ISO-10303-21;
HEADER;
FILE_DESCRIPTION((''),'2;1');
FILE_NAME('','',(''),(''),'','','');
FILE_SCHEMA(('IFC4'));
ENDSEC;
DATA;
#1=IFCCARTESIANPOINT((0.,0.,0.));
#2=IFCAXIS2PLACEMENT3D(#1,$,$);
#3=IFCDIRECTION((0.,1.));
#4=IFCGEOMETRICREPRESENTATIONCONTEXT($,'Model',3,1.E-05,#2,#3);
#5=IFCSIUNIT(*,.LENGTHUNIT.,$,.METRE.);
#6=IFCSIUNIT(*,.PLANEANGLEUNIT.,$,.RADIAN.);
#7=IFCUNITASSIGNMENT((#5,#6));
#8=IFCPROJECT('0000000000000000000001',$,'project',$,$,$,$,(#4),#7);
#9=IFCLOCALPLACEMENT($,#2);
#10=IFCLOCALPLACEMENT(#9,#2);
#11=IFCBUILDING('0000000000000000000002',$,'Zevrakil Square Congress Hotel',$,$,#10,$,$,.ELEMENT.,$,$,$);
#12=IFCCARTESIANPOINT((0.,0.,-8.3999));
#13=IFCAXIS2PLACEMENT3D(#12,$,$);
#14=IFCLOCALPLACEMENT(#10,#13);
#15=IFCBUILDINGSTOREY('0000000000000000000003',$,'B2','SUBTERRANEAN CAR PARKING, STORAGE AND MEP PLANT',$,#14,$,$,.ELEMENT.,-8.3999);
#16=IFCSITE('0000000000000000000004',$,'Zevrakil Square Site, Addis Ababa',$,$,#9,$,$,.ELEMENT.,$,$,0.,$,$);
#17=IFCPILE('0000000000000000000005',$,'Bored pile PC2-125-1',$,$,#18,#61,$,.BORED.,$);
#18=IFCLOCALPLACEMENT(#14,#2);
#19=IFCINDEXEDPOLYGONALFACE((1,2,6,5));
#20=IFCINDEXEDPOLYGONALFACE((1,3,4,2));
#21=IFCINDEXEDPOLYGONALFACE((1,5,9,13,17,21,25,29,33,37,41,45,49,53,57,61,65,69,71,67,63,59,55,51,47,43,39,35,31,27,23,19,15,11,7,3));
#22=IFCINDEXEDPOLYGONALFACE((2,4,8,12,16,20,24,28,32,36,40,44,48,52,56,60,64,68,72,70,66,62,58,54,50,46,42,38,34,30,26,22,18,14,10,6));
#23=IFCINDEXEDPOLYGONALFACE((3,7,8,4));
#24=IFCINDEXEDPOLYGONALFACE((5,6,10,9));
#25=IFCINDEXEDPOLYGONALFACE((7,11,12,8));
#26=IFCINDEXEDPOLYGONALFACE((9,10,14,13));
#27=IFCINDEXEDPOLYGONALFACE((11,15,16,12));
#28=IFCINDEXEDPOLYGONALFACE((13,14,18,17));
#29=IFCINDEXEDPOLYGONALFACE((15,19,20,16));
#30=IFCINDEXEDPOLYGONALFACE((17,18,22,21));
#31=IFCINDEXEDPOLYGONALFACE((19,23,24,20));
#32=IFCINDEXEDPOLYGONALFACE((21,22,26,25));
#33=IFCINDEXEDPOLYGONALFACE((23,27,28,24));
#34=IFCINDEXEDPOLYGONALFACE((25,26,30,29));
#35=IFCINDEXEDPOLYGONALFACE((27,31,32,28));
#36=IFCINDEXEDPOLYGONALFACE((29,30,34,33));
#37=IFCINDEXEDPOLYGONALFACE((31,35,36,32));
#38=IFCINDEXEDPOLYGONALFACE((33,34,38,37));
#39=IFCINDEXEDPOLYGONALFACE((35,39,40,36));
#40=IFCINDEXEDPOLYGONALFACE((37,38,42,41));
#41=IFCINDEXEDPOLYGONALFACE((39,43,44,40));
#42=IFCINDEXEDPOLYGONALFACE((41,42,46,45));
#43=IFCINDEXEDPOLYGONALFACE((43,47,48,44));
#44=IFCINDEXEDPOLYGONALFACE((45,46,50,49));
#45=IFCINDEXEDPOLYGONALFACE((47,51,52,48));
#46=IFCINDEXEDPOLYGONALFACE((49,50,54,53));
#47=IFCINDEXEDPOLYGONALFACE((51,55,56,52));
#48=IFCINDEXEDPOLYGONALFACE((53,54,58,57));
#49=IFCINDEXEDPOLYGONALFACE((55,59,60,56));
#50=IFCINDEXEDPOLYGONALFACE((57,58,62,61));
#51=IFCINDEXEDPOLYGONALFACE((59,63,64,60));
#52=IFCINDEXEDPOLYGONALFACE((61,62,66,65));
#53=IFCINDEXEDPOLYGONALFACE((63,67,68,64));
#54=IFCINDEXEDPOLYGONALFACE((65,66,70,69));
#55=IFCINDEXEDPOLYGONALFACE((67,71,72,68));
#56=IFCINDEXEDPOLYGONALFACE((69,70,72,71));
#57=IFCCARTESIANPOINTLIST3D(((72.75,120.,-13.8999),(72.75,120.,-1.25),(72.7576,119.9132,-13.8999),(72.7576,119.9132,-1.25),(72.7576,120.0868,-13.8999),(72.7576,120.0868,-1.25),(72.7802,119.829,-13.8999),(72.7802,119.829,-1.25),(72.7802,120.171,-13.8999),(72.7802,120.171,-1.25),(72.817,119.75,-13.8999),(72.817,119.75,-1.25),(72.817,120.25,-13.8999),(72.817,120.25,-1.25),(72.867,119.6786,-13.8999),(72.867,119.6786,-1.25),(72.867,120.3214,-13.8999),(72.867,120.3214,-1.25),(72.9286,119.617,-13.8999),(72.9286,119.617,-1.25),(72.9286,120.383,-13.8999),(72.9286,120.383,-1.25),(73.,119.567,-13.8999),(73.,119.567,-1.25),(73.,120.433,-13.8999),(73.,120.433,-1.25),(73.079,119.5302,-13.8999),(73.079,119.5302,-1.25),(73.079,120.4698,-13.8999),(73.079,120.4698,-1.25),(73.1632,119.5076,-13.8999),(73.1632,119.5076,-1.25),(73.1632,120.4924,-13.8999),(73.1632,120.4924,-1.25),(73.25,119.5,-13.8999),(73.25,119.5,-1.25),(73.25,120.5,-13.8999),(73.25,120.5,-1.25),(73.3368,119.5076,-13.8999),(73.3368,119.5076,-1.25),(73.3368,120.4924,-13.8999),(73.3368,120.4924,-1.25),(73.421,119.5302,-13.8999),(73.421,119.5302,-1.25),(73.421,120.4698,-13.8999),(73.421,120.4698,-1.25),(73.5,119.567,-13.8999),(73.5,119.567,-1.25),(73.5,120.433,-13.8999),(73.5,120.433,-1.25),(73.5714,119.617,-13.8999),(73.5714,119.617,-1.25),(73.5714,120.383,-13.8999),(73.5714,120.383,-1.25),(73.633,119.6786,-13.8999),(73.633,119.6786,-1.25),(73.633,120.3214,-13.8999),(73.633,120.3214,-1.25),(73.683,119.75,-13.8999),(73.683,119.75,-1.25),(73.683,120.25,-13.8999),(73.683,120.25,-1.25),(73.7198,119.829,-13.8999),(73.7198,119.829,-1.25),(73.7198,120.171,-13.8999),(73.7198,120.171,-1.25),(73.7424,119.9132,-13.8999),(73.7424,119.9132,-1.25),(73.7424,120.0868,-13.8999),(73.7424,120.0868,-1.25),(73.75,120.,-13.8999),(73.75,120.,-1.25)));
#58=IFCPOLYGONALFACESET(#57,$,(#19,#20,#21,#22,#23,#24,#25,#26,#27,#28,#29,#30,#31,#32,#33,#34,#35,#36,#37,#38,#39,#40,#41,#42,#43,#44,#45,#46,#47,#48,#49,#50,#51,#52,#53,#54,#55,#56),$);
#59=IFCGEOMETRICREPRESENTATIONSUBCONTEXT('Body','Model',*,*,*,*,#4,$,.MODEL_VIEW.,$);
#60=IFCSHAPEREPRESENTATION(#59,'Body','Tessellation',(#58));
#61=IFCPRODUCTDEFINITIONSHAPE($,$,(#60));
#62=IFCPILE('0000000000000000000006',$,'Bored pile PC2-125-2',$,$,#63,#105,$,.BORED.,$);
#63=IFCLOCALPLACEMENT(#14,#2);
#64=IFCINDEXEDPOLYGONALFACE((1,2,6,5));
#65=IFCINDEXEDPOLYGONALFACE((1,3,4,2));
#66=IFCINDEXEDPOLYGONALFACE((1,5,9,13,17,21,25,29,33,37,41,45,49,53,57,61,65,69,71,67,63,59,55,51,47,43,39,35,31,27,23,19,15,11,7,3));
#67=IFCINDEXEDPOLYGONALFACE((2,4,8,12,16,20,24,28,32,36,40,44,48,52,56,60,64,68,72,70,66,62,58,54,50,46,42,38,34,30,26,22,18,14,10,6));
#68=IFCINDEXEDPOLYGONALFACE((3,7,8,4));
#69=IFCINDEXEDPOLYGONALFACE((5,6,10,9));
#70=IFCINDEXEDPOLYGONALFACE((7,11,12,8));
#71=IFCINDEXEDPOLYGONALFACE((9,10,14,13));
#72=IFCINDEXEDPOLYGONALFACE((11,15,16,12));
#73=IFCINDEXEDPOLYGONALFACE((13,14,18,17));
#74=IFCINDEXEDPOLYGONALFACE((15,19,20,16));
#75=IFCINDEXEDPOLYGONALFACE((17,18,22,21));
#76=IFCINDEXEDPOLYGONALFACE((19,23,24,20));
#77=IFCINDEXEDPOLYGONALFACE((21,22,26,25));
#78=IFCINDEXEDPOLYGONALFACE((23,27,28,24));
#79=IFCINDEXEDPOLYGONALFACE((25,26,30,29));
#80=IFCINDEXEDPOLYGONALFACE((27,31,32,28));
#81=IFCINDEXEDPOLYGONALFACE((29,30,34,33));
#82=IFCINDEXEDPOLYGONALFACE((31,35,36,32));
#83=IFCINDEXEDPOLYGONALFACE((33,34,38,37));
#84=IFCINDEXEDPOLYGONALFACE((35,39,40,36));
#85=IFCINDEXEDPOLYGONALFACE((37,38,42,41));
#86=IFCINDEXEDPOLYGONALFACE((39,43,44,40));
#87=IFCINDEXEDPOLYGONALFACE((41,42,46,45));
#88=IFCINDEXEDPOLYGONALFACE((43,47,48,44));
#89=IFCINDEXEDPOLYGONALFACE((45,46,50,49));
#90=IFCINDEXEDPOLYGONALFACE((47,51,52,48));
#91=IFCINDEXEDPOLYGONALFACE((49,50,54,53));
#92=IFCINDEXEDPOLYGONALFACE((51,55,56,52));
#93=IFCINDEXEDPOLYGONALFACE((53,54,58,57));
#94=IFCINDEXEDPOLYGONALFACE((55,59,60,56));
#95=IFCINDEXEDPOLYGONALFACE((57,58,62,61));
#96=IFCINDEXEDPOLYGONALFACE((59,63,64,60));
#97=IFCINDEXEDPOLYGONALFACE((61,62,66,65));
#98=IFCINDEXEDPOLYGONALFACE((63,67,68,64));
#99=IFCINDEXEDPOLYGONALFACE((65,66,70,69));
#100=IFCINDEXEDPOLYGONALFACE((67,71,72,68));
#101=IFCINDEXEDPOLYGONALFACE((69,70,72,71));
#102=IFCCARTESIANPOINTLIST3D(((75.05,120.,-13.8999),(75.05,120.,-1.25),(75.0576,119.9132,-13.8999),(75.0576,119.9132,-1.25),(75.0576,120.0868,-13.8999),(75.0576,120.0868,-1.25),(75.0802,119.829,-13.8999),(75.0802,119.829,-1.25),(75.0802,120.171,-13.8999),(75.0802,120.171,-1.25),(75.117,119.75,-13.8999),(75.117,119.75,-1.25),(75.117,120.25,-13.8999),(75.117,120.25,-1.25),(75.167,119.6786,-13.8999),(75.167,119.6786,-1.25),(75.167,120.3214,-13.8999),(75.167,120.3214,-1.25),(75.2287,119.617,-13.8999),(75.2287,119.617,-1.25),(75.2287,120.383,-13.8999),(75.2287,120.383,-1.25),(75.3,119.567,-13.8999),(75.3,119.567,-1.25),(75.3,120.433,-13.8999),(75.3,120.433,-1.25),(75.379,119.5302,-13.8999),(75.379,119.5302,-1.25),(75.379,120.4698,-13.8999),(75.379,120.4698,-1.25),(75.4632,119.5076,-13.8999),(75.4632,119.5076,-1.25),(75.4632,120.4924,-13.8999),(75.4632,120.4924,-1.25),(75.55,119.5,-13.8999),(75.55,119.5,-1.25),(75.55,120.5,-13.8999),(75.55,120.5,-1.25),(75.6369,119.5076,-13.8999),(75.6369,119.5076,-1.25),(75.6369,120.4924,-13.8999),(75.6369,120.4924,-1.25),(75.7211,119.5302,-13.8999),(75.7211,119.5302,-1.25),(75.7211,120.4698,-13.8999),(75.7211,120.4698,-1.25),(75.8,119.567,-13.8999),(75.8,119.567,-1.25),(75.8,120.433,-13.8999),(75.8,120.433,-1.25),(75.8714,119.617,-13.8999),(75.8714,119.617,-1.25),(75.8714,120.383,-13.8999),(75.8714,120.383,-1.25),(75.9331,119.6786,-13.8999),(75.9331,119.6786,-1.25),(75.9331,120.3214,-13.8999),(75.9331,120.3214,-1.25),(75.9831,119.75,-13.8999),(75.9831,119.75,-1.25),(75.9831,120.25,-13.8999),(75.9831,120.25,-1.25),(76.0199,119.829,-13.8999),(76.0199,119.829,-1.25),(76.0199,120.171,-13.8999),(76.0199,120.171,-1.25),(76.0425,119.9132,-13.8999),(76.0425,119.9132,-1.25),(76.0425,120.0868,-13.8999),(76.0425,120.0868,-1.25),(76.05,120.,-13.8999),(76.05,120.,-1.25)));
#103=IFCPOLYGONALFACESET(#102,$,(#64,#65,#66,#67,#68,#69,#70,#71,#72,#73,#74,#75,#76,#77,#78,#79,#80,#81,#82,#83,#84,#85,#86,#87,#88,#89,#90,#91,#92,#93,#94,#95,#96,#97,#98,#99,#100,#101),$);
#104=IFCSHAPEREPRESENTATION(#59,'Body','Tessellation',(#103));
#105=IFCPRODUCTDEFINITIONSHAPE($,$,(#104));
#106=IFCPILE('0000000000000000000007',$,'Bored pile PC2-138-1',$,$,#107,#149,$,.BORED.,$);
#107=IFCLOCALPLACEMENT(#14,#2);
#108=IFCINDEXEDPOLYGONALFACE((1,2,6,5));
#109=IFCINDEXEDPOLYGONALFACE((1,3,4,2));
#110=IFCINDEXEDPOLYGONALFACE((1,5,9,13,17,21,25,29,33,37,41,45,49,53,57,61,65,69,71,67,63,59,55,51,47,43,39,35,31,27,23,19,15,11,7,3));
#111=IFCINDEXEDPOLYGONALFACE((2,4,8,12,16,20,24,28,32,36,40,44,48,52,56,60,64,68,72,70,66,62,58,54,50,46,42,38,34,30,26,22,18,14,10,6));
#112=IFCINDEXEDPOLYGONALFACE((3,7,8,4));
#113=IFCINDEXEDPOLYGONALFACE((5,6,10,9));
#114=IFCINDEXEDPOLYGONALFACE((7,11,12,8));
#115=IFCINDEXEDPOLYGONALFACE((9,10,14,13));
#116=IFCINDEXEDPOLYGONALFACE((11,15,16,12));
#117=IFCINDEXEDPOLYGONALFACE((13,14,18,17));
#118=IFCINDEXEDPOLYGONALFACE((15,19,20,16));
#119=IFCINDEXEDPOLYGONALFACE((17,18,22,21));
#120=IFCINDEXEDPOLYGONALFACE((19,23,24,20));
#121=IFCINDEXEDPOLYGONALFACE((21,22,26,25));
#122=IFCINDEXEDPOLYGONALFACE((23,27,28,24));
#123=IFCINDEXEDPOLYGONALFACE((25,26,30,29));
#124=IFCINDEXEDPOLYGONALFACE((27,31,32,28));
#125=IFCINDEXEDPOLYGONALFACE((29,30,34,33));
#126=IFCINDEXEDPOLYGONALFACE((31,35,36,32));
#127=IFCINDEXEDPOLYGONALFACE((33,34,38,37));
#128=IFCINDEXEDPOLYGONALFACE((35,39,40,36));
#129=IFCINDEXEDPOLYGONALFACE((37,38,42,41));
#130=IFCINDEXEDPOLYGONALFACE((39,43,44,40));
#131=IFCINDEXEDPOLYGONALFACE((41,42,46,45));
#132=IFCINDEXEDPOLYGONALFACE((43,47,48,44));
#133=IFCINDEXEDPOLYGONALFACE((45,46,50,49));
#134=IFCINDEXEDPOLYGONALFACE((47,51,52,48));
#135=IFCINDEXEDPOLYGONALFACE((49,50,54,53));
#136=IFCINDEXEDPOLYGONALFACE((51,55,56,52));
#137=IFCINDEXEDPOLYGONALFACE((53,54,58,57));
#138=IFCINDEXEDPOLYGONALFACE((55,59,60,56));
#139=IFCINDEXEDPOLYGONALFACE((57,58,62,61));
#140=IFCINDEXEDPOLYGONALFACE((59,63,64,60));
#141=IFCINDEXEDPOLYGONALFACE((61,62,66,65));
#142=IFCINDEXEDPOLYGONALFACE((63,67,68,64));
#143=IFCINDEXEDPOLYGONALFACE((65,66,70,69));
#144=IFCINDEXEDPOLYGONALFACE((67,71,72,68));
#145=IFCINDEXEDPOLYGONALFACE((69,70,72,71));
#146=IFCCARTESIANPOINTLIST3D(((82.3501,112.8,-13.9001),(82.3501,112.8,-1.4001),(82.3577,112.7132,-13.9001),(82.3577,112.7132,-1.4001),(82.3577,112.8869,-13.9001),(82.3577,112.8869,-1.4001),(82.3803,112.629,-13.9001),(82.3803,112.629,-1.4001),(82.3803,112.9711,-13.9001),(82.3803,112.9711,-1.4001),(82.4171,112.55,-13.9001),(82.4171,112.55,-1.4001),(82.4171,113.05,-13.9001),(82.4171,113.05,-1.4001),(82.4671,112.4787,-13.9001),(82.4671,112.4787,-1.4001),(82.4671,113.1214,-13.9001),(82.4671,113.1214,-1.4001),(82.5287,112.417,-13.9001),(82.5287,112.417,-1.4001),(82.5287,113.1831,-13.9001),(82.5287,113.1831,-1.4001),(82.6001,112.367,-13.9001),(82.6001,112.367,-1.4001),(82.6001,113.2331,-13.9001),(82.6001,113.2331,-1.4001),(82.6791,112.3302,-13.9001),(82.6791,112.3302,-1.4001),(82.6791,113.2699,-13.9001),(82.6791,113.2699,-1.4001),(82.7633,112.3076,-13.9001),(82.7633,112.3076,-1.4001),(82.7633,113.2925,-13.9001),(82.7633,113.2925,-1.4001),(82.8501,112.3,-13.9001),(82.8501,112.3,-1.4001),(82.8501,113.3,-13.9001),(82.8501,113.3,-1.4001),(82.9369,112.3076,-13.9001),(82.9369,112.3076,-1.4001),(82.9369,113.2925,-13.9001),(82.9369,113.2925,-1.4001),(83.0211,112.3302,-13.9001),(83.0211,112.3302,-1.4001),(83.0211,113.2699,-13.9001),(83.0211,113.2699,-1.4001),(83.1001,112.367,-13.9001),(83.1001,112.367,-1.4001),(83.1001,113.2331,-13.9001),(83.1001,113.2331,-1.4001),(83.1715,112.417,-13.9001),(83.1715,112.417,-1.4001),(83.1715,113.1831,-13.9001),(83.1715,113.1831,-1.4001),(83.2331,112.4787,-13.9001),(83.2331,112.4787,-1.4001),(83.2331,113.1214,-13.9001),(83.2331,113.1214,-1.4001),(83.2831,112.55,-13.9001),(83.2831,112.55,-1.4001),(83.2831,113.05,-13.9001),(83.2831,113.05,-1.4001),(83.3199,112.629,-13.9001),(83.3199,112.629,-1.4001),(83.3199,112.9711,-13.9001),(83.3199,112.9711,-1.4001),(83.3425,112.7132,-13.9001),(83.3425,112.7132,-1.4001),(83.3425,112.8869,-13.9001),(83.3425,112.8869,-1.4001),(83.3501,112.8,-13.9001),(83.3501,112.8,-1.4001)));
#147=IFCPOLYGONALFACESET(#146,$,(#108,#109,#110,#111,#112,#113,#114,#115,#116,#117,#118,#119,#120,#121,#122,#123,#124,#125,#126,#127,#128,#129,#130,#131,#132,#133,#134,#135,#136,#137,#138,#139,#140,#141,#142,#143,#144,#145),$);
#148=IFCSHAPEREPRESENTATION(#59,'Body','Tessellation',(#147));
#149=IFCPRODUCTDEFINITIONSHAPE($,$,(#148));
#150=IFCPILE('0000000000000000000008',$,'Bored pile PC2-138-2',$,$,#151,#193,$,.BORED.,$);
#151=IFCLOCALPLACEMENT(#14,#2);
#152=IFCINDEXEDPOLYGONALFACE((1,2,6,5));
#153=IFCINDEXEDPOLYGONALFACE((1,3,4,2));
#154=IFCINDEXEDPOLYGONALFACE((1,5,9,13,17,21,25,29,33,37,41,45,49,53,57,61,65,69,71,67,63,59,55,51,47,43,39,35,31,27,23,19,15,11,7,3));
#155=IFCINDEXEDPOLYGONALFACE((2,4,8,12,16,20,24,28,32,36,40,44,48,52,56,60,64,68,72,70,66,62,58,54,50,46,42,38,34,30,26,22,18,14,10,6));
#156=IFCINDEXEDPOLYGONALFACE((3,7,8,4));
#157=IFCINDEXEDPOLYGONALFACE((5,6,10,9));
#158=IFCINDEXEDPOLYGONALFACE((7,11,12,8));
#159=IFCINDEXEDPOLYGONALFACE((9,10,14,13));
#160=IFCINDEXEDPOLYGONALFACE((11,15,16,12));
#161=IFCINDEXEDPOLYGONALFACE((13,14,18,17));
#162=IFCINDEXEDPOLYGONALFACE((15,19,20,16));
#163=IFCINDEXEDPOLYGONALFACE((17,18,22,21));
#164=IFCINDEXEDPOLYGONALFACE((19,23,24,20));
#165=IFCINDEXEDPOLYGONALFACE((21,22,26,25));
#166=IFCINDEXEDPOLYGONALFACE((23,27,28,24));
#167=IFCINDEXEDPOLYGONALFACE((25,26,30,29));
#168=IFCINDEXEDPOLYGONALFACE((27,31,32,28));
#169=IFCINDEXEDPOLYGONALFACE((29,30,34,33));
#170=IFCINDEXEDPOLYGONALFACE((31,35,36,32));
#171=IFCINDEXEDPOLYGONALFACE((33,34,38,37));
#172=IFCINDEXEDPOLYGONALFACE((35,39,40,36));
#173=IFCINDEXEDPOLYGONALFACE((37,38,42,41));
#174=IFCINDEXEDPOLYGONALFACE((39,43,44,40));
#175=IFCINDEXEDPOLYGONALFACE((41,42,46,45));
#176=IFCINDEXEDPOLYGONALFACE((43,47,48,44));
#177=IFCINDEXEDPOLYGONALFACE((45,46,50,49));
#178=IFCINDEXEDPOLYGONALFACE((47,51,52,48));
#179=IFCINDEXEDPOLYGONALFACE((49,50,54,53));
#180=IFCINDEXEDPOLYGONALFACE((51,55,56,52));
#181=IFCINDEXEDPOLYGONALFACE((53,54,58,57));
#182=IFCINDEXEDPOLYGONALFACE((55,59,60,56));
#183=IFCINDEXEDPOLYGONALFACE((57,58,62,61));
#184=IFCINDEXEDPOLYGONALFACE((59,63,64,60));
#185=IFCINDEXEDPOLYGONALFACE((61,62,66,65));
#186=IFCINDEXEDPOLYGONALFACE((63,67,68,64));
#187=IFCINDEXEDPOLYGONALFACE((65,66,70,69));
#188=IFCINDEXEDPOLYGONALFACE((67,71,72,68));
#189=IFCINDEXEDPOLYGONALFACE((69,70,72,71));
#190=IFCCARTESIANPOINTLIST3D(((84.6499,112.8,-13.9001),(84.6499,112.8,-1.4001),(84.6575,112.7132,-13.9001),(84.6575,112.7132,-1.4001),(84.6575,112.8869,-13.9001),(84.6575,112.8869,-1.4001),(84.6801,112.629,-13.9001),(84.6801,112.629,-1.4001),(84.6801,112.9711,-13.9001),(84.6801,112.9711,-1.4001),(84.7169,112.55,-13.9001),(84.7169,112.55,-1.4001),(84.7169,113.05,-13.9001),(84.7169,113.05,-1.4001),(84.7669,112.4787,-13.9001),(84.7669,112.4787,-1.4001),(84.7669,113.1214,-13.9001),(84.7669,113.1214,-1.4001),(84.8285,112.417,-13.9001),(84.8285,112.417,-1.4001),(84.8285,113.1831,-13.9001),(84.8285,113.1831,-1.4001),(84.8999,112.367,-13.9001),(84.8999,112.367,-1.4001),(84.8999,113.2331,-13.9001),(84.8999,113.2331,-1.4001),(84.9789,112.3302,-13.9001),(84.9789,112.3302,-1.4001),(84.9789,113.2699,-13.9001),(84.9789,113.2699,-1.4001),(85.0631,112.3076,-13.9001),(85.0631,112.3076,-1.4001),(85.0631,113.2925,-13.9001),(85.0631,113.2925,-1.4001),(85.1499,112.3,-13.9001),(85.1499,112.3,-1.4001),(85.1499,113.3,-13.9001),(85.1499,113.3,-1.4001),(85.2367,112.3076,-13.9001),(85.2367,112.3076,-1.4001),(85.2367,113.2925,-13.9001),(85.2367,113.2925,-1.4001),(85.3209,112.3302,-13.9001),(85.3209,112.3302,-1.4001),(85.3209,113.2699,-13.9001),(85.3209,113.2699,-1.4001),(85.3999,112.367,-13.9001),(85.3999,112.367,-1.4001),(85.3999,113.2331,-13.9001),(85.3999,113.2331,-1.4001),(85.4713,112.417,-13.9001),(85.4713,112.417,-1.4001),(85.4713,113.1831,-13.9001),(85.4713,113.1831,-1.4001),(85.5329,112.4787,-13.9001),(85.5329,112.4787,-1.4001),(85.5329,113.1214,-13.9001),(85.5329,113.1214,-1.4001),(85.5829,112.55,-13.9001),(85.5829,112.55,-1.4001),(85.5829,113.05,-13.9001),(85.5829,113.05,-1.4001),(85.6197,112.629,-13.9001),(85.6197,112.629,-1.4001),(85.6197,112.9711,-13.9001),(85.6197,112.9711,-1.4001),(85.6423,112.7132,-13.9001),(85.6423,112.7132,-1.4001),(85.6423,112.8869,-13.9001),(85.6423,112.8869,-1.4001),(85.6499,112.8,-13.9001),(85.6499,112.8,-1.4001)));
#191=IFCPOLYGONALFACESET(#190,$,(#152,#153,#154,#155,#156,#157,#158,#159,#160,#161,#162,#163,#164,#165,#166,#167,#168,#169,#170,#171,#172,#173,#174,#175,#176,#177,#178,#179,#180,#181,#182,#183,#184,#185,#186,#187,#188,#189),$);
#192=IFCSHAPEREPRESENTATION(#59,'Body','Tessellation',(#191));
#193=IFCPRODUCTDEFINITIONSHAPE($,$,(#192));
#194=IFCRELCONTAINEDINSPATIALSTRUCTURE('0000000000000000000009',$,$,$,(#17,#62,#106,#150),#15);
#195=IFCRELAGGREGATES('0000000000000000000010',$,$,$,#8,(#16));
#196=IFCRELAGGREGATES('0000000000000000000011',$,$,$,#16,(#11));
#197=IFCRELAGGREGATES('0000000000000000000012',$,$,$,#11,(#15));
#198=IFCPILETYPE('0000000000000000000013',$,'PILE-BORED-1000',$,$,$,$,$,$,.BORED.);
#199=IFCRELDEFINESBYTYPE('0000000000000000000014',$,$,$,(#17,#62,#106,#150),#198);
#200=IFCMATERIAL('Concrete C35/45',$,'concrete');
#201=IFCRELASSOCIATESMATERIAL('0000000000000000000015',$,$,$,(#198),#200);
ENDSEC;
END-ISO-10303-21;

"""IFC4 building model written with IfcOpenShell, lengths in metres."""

from ifc_helpers import new_model, si_unit, direction, frame, origin, origin_2d, place, context, subcontext, project, spatial, circle, extrude, material, material_profile, profile_set, type_object, element, save


model = new_model("IFC4")

# Units and contexts
model_context = context("Model", 3, precision=1e-05, world=origin(), true_north=direction((0.0, 1.0)))
body_context = subcontext(model_context, "Body", "Model", "MODEL_VIEW")
ifc_project = project(units=[si_unit("LENGTHUNIT", "METRE"), si_unit("PLANEANGLEUNIT", "RADIAN")], contexts=[model_context])

# Site, building, storey
site_placement = place(None, origin())
site = spatial("IfcSite", under=ifc_project, at=site_placement, Name="Zevrakil Square Site, Addis Ababa", CompositionType="ELEMENT", RefElevation=0.0)
building_placement = place(site_placement, origin())
building = spatial("IfcBuilding", under=site, at=building_placement, Name="Zevrakil Square Congress Hotel", CompositionType="ELEMENT")
storey_placement = place(building_placement, frame((0.0, 0.0, -8.3999)))
storey = spatial("IfcBuildingStorey", under=building, at=storey_placement, Name="B2", Description="SUBTERRANEAN CAR PARKING, STORAGE AND MEP PLANT", CompositionType="ELEMENT", Elevation=-8.3999)

# Piles
ifc_material_1 = material(Name="Concrete C35/45", Category="concrete")
ifc_material_profile_1 = material_profile(ifc_material_1, circle(Radius=0.5, at=origin_2d()), Name="PILE D1000")
ifc_profile_set_1 = profile_set([ifc_material_profile_1], Name="Concrete C35/45")
pile_type = type_object("IfcPileType", Name="PILE-BORED-1000", PredefinedType="BORED", material=ifc_profile_set_1)
for number, where, z_axis, x_axis, name in (
    (1, (73.25, 120.0, -1.25), (0.0, 0.0, -1.0), (1.0, 0.0, 0.0), "Bored pile PC2-125-1"),
    (2, (75.55, 120.0, -1.25), (0.0, 0.0, -1.0), (1.0, 0.0, 0.0), "Bored pile PC2-125-2"),
):
    element("IfcPile", number, at=place(storey_placement, frame(where, z_axis=z_axis, x_axis=x_axis)), inside=storey, type_object=pile_type, Name=name, PredefinedType="BORED", context=body_context, shape_type="SweptSolid", body=[
        extrude(circle(Radius=0.5, at=origin_2d()), origin(), (0.0, 0.0, 1.0), 12.6499),
    ])
for number, where, z_axis, x_axis, name in (
    (3, (82.8501, 112.8, -1.4001), (0.0, 0.0, -1.0), (1.0, 0.0, 0.0), "Bored pile PC2-138-1"),
    (4, (85.1499, 112.8, -1.4001), (0.0, 0.0, -1.0), (1.0, 0.0, 0.0), "Bored pile PC2-138-2"),
):
    element("IfcPile", number, at=place(storey_placement, frame(where, z_axis=z_axis, x_axis=x_axis)), inside=storey, type_object=pile_type, Name=name, PredefinedType="BORED", context=body_context, shape_type="SweptSolid", body=[
        extrude(circle(Radius=0.5, at=origin_2d()), origin(), (0.0, 0.0, 1.0), 12.5),
    ])

save(model, "model.ifc")
